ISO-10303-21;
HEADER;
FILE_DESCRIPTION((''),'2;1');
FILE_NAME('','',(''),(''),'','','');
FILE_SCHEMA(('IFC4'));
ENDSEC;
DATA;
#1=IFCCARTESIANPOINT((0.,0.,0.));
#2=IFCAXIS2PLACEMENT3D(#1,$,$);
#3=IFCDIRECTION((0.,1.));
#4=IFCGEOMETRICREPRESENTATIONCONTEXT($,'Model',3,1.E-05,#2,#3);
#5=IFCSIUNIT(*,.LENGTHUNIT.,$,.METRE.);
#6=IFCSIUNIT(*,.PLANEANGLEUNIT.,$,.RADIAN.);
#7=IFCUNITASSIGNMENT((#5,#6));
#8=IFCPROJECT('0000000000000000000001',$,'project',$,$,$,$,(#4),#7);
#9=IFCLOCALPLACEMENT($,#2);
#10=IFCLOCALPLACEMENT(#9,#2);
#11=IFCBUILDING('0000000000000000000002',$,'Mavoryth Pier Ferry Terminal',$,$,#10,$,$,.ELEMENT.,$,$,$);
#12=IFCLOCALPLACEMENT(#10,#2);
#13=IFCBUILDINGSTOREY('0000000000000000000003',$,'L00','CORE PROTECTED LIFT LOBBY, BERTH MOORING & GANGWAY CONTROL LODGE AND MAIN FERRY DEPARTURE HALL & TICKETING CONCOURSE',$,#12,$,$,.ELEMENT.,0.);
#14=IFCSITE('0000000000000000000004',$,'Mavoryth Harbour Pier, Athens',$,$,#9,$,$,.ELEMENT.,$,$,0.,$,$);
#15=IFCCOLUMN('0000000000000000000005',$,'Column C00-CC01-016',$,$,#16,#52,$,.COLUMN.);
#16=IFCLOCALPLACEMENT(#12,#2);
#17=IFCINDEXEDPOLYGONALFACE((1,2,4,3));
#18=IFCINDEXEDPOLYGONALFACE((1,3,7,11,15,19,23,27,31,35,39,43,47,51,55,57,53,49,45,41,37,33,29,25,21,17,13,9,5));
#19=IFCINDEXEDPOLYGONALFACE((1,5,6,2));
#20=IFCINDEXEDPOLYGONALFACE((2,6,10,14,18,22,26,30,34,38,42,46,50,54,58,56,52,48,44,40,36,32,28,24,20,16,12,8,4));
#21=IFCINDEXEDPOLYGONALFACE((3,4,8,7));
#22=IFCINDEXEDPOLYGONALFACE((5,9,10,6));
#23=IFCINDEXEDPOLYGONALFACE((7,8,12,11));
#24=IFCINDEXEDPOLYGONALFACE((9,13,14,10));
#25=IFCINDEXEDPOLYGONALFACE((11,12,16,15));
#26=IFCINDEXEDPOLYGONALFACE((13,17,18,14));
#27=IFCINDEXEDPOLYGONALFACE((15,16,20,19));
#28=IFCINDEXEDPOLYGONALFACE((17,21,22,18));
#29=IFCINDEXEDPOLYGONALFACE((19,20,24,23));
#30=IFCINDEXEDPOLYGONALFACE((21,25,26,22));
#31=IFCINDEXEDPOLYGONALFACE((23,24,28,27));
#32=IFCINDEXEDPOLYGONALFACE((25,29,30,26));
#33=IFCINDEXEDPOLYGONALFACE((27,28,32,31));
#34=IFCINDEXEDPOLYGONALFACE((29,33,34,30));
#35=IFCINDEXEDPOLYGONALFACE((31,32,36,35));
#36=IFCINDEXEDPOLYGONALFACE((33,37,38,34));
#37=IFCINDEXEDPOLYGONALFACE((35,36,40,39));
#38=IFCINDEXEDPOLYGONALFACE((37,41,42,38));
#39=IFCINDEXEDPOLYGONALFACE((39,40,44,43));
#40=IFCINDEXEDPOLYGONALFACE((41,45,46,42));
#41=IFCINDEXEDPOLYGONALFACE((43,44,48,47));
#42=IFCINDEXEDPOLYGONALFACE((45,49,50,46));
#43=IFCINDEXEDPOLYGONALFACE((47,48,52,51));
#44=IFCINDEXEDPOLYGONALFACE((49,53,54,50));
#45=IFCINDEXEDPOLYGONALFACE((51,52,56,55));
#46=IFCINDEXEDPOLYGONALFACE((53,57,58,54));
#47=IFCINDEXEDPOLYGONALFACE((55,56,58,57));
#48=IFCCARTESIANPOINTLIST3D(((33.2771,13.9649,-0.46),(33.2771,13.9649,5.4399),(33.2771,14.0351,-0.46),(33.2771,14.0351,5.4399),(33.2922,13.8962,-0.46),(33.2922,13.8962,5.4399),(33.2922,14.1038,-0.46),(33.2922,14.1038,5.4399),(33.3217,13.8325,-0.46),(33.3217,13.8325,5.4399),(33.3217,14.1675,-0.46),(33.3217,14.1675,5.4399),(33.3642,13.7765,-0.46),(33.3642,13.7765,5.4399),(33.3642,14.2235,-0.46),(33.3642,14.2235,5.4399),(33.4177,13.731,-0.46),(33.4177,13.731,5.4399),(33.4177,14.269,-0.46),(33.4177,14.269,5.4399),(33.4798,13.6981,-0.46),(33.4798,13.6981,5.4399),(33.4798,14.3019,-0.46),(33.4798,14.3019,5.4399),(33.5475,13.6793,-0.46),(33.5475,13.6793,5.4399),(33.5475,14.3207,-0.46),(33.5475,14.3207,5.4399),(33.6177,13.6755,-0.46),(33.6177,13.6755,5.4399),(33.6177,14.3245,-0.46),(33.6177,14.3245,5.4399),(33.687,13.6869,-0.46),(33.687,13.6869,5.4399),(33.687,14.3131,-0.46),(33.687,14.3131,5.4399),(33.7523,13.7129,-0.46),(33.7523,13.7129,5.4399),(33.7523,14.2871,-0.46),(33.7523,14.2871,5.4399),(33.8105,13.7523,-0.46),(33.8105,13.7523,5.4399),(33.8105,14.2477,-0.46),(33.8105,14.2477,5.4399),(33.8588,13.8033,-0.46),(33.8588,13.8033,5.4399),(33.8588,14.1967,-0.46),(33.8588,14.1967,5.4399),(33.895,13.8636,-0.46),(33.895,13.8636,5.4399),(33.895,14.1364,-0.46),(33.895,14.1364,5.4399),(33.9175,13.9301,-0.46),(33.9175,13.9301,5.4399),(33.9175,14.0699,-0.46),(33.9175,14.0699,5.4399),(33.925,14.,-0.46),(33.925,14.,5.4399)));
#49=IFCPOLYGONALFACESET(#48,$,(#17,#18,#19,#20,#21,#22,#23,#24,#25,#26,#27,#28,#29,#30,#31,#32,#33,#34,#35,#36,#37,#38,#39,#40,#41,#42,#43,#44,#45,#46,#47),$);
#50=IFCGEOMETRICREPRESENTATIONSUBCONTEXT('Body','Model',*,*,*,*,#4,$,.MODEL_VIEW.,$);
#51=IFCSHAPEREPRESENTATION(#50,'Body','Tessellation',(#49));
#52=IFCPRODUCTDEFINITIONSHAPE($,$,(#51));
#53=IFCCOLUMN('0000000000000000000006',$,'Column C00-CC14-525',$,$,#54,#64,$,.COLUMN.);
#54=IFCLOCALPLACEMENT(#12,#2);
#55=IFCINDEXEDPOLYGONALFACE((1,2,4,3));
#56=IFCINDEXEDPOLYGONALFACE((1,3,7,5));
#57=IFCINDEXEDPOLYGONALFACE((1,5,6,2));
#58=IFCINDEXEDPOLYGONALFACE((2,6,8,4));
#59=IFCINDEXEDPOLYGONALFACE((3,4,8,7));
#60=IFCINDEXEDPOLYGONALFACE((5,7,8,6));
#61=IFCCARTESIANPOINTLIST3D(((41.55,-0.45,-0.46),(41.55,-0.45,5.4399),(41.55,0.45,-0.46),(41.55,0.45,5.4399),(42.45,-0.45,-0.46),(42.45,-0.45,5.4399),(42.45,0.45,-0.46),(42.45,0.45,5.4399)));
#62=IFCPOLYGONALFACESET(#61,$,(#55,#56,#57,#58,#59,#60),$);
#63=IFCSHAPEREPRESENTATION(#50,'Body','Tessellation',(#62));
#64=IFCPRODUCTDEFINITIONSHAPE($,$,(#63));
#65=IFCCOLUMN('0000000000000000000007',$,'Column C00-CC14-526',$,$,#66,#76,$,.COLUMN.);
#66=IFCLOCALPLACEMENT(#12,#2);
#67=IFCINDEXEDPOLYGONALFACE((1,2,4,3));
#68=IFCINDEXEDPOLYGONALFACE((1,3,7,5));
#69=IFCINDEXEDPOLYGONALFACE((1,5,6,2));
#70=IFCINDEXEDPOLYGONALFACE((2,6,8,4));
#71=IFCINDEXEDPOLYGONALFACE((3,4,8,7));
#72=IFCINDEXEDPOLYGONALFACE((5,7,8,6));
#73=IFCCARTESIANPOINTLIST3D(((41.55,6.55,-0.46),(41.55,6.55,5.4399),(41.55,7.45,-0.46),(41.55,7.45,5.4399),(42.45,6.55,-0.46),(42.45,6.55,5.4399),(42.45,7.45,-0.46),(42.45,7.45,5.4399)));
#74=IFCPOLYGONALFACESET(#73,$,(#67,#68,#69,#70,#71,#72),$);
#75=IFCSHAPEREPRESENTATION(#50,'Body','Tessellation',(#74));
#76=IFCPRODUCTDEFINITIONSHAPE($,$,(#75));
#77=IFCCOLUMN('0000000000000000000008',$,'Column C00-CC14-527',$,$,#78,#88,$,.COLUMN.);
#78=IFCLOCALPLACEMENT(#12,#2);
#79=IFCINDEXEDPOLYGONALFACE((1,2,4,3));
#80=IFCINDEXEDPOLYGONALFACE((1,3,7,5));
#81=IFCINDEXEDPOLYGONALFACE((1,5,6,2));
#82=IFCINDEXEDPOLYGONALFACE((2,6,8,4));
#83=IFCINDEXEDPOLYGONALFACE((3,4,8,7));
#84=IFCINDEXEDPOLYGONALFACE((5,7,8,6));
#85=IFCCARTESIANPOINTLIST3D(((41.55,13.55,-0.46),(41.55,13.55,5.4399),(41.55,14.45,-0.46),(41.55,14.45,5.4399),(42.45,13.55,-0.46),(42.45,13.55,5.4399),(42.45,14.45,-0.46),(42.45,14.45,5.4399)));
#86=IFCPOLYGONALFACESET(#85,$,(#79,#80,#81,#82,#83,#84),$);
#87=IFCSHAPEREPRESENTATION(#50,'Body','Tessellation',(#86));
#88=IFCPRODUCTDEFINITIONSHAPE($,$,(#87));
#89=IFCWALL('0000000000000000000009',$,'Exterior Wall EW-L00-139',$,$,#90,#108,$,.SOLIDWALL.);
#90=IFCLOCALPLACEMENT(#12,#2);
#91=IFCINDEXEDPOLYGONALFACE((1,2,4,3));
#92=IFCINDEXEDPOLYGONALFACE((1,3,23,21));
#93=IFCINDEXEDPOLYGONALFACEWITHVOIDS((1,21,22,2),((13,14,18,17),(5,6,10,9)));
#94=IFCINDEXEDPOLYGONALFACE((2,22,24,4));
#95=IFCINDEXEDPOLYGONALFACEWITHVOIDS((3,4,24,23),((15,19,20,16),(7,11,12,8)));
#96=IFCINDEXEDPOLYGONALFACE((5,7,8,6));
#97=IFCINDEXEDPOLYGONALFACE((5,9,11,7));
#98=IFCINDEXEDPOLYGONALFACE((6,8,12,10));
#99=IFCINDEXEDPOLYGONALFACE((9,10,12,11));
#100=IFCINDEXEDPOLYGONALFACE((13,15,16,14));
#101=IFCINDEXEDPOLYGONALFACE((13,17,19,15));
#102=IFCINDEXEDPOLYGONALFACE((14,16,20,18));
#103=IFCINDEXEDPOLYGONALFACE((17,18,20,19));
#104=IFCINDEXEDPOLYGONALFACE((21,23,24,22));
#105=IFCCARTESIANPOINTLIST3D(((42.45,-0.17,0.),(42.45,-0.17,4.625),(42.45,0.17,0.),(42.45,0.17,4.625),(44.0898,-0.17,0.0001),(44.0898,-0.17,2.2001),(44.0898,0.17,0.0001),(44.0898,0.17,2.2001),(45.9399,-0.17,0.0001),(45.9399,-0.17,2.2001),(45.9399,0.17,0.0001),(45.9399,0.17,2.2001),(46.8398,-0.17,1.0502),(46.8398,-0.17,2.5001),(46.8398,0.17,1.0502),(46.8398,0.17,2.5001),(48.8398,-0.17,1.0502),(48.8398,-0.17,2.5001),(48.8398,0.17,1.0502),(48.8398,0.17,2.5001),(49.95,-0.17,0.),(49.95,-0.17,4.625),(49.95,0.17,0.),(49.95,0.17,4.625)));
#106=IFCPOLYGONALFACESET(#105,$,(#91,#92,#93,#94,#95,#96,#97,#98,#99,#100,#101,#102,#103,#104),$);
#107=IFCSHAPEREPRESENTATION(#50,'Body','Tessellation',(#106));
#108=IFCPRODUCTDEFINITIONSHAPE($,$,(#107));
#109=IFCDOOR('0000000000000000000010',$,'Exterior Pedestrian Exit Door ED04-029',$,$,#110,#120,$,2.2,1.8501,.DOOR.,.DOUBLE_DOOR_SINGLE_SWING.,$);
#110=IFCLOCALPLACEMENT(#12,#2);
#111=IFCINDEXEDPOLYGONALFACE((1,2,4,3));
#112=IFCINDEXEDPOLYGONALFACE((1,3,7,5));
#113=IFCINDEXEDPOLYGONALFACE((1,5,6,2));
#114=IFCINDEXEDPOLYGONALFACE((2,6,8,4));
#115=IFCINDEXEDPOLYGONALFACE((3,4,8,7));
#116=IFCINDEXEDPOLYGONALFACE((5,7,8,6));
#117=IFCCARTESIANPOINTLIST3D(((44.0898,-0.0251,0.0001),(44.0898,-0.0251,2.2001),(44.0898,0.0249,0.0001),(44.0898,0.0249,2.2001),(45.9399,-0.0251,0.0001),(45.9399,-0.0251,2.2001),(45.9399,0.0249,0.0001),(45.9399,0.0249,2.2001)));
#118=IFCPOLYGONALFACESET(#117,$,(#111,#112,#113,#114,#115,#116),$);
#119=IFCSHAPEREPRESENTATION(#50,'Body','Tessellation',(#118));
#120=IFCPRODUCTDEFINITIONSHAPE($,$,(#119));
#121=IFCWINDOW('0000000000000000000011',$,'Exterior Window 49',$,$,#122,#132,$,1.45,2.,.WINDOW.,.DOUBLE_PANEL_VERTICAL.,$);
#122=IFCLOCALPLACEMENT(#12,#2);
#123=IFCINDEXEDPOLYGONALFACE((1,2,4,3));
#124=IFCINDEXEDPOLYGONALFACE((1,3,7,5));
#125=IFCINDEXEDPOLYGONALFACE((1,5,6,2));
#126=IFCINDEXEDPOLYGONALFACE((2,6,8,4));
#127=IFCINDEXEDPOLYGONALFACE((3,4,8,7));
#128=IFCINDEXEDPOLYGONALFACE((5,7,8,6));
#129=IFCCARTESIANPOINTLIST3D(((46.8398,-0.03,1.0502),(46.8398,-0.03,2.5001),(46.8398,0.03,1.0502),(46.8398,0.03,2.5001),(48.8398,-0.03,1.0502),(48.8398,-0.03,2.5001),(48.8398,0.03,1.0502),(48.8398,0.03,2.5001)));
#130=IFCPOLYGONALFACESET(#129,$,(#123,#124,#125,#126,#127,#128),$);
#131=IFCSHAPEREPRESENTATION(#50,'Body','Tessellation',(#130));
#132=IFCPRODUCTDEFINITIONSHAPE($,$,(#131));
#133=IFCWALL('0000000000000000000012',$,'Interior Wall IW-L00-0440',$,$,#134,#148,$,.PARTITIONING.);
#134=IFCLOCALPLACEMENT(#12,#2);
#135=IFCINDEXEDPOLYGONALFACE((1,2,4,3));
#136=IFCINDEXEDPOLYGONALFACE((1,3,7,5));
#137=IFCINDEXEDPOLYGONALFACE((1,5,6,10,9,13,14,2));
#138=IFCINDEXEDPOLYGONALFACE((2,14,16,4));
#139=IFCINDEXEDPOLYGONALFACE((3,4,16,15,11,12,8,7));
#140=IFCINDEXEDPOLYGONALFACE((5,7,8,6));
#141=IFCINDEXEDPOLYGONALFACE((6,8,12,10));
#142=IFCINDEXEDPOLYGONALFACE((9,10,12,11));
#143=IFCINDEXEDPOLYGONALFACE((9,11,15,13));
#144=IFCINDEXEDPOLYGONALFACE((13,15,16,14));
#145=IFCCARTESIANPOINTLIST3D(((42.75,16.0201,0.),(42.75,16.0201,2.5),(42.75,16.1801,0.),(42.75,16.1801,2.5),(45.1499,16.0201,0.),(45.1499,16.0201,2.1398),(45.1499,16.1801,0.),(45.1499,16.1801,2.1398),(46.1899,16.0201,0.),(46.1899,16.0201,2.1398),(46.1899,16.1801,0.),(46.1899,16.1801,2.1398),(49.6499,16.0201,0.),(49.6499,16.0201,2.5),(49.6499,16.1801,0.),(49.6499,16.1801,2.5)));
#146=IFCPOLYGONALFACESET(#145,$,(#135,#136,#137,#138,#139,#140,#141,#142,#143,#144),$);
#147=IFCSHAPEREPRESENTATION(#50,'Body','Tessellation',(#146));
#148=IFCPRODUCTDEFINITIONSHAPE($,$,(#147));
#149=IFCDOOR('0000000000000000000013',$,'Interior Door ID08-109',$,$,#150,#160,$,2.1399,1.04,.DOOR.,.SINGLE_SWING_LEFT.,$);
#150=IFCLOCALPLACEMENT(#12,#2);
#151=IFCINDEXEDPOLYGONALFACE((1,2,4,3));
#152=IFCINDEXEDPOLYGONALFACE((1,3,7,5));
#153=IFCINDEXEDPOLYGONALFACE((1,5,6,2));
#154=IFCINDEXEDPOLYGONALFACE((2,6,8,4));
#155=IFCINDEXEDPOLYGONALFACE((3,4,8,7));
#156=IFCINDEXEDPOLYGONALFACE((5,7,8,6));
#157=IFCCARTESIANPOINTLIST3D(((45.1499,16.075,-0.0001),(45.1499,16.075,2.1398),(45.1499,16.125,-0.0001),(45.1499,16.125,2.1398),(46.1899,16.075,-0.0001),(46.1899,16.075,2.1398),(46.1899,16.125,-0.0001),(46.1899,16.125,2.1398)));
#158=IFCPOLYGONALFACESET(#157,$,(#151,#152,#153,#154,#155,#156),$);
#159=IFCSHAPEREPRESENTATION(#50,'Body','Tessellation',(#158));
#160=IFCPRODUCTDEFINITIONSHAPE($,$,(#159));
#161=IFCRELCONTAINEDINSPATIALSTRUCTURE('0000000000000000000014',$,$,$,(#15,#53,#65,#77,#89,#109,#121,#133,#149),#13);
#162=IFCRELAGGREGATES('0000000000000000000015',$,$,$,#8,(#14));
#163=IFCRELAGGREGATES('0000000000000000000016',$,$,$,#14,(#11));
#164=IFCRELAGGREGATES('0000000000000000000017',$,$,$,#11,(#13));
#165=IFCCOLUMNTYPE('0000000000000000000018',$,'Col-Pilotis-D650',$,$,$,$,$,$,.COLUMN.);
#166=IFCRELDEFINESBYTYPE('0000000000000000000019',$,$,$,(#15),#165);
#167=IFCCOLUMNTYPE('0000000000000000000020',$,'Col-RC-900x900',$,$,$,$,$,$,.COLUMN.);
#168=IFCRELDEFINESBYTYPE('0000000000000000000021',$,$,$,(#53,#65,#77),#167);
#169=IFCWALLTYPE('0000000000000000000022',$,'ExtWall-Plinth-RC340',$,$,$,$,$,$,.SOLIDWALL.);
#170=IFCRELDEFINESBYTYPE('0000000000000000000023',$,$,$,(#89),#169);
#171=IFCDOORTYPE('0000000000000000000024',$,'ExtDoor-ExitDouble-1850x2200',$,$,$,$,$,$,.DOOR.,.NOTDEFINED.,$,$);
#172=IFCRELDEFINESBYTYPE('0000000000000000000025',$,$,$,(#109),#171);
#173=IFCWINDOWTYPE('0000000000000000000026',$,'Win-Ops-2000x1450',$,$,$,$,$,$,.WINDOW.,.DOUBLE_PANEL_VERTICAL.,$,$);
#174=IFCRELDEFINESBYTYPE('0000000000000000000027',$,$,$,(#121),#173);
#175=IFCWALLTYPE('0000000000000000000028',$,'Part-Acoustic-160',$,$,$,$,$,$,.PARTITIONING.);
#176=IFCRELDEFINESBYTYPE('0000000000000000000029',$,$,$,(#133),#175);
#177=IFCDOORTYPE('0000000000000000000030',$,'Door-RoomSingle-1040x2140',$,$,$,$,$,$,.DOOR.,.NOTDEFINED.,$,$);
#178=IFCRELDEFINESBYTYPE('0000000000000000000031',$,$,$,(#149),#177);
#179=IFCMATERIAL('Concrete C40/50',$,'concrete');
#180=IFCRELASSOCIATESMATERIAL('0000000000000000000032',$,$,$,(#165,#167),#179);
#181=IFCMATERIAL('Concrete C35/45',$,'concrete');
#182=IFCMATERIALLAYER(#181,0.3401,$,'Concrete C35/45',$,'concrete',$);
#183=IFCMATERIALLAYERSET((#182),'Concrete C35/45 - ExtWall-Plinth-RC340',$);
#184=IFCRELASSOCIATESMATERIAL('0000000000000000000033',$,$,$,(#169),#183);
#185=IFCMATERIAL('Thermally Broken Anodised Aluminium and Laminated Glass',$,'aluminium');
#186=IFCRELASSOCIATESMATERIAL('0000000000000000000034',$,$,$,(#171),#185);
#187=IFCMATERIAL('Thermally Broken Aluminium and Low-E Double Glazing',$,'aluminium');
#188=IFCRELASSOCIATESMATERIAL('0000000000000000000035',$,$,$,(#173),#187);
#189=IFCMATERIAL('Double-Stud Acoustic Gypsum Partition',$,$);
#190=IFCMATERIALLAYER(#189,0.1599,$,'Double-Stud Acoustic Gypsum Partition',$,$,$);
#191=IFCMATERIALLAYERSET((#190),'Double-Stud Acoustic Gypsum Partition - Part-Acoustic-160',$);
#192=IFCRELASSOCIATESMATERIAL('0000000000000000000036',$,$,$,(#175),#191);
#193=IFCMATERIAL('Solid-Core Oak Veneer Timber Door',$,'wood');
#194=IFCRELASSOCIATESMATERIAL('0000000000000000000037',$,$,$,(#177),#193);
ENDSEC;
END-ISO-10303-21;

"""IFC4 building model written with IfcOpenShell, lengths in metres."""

from ifc_helpers import new_model, si_unit, direction, frame, frame_2d, origin, origin_2d, place, context, subcontext, project, spatial, rectangle, circle, extrude, material, layer, layer_set, material_profile, profile_set, type_object, element, fill, save


model = new_model("IFC4")

# Units and contexts
model_context = context("Model", 3, precision=1e-05, world=origin(), true_north=direction((0.0, 1.0)))
body_context = subcontext(model_context, "Body", "Model", "MODEL_VIEW")
ifc_project = project(units=[si_unit("LENGTHUNIT", "METRE"), si_unit("PLANEANGLEUNIT", "RADIAN")], contexts=[model_context])

# Site, building, storey
site_placement = place(None, origin())
site = spatial("IfcSite", under=ifc_project, at=site_placement, Name="Mavoryth Harbour Pier, Athens", CompositionType="ELEMENT", RefElevation=0.0)
building_placement = place(site_placement, origin())
building = spatial("IfcBuilding", under=site, at=building_placement, Name="Mavoryth Pier Ferry Terminal", CompositionType="ELEMENT")
storey_placement = place(building_placement, origin())
storey = spatial("IfcBuildingStorey", under=building, at=storey_placement, Name="L00", Description="CORE PROTECTED LIFT LOBBY, BERTH MOORING & GANGWAY CONTROL LODGE AND MAIN FERRY DEPARTURE HALL & TICKETING CONCOURSE", CompositionType="ELEMENT", Elevation=0.0)

# Shared definitions
ifc_material_1 = material(Name="Concrete C35/45", Category="concrete")

# Columns
ifc_material_2 = material(Name="Concrete C40/50", Category="concrete")
ifc_material_profile_1 = material_profile(ifc_material_2, circle(Radius=0.325, at=origin_2d()), Name="RC D650", Category="concrete")
ifc_profile_set_1 = profile_set([ifc_material_profile_1], Name="Concrete C40/50 - RC D650")
column_type_1 = type_object("IfcColumnType", Name="Col-Pilotis-D650", PredefinedType="COLUMN", material=ifc_profile_set_1)
for number, where, z_axis, x_axis, name in (
    (1, (33.6001, 14.0, -0.46), (0.0, 0.0, 1.0), (1.0, 0.0, 0.0), "Column C00-CC01-016"),
):
    element("IfcColumn", number, at=place(storey_placement, frame(where, z_axis=z_axis, x_axis=x_axis)), inside=storey, type_object=column_type_1, Name=name, PredefinedType="COLUMN", context=body_context, shape_type="SweptSolid", body=[
        extrude(circle(Radius=0.325, at=origin_2d()), origin(), (0.0, 0.0, 1.0), 5.8999),
    ])
ifc_material_profile_2 = material_profile(ifc_material_2, rectangle(XDim=0.8999, YDim=0.8999, at=origin_2d()), Name="RC 900x900", Category="concrete")
ifc_profile_set_2 = profile_set([ifc_material_profile_2], Name="Concrete C40/50 - RC 900x900")
column_type_2 = type_object("IfcColumnType", Name="Col-RC-900x900", PredefinedType="COLUMN", material=ifc_profile_set_2)
for number, where, z_axis, x_axis, name in (
    (2, (42.0, 0.0, -0.46), (0.0, 0.0, 1.0), (1.0, 0.0, 0.0), "Column C00-CC14-525"),
    (3, (42.0, 7.0, -0.46), (0.0, 0.0, 1.0), (1.0, 0.0, 0.0), "Column C00-CC14-526"),
    (4, (42.0, 14.0, -0.46), (0.0, 0.0, 1.0), (1.0, 0.0, 0.0), "Column C00-CC14-527"),
):
    element("IfcColumn", number, at=place(storey_placement, frame(where, z_axis=z_axis, x_axis=x_axis)), inside=storey, type_object=column_type_2, Name=name, PredefinedType="COLUMN", context=body_context, shape_type="SweptSolid", body=[
        extrude(rectangle(XDim=0.8999, YDim=0.8999, at=origin_2d()), origin(), (0.0, 0.0, 1.0), 5.8999),
    ])

# Wall, openings, door, window
ifc_layer_1 = layer(ifc_material_1, 0.3401, Name="Concrete C35/45", Category="concrete")
ifc_layer_set_1 = layer_set([ifc_layer_1], Name="Concrete C35/45 - ExtWall-Plinth-RC340")
wall_type_1 = type_object("IfcWallType", Name="ExtWall-Plinth-RC340", PredefinedType="SOLIDWALL", material=ifc_layer_set_1)
wall_1_placement = place(storey_placement, frame((42.45, 0.0, 0.0), z_axis=(0.0, 0.0, 1.0), x_axis=(1.0, 0.0, 0.0)))
wall_1 = element("IfcWall", 5, at=wall_1_placement, inside=storey, type_object=wall_type_1, Name="Exterior Wall EW-L00-139", PredefinedType="SOLIDWALL", context=body_context, shape_type="SweptSolid", body=[
    extrude(rectangle(XDim=7.5, YDim=0.3401, at=frame_2d((3.75, 0.0))), origin(), (0.0, 0.0, 1.0), 4.625),
])
opening_1_placement = place(wall_1_placement, frame((1.6399, 0.0, 0.0)))
opening_1 = element("IfcOpeningElement", 6, at=opening_1_placement, cuts=wall_1, PredefinedType="OPENING", context=body_context, shape_type="SweptSolid", body=[
    extrude(rectangle(XDim=1.8501, YDim=2.2, at=frame_2d((0.925, 1.1001))), frame((0.0, 0.1799, 0.0), z_axis=(0.0, -1.0, 0.0), x_axis=(1.0, 0.0, 0.0)), (0.0, 0.0, 1.0), 0.3601),
])
opening_2_placement = place(wall_1_placement, frame((4.3899, 0.0, 1.05)))
opening_2 = element("IfcOpeningElement", 7, at=opening_2_placement, cuts=wall_1, PredefinedType="OPENING", context=body_context, shape_type="SweptSolid", body=[
    extrude(rectangle(XDim=2.0, YDim=1.45, at=frame_2d((1.0, 0.7251))), frame((0.0, 0.1799, 0.0), z_axis=(0.0, -1.0, 0.0), x_axis=(1.0, 0.0, 0.0)), (0.0, 0.0, 1.0), 0.3601),
])
ifc_material_3 = material(Name="Thermally Broken Anodised Aluminium and Laminated Glass", Category="aluminium")
door_type_1 = type_object("IfcDoorType", Name="ExtDoor-ExitDouble-1850x2200", OperationType="NOTDEFINED", PredefinedType="DOOR", material=ifc_material_3)
door_1_placement = place(opening_1_placement, origin())
door_1 = element("IfcDoor", 8, at=door_1_placement, inside=storey, type_object=door_type_1, Name="Exterior Pedestrian Exit Door ED04-029", OperationType="DOUBLE_DOOR_SINGLE_SWING", OverallHeight=2.2, OverallWidth=1.8501, PredefinedType="DOOR", context=body_context, shape_type="SweptSolid", body=[
    extrude(rectangle(XDim=1.8501, YDim=2.2, at=frame_2d((0.925, 1.1001))), frame((0.0, 0.0249, 0.0), z_axis=(0.0, -1.0, 0.0), x_axis=(1.0, 0.0, 0.0)), (0.0, 0.0, 1.0), 0.05),
])
fill(opening_1, door_1)
ifc_material_4 = material(Name="Thermally Broken Aluminium and Low-E Double Glazing", Category="aluminium")
window_type = type_object("IfcWindowType", Name="Win-Ops-2000x1450", PartitioningType="DOUBLE_PANEL_VERTICAL", PredefinedType="WINDOW", material=ifc_material_4)
window_placement = place(opening_2_placement, origin())
window = element("IfcWindow", 9, at=window_placement, inside=storey, type_object=window_type, Name="Exterior Window 49", OverallHeight=1.45, OverallWidth=2.0, PartitioningType="DOUBLE_PANEL_VERTICAL", PredefinedType="WINDOW", context=body_context, shape_type="SweptSolid", body=[
    extrude(rectangle(XDim=2.0, YDim=1.45, at=frame_2d((1.0, 0.7251))), frame((0.0, 0.03, 0.0), z_axis=(0.0, -1.0, 0.0), x_axis=(1.0, 0.0, 0.0)), (0.0, 0.0, 1.0), 0.0601),
])
fill(opening_2, window)

# Wall, opening, door
ifc_material_5 = material(Name="Solid-Core Oak Veneer Timber Door", Category="wood")
ifc_material_6 = material(Name="Double-Stud Acoustic Gypsum Partition")
ifc_layer_2 = layer(ifc_material_6, 0.1599, Name="Double-Stud Acoustic Gypsum Partition")
ifc_layer_set_2 = layer_set([ifc_layer_2], Name="Double-Stud Acoustic Gypsum Partition - Part-Acoustic-160")
wall_type_2 = type_object("IfcWallType", Name="Part-Acoustic-160", PredefinedType="PARTITIONING", material=ifc_layer_set_2)
wall_2_placement = place(storey_placement, frame((42.75, 16.1001, 0.0), z_axis=(0.0, 0.0, 1.0), x_axis=(1.0, 0.0, 0.0)))
wall_2 = element("IfcWall", 10, at=wall_2_placement, inside=storey, type_object=wall_type_2, Name="Interior Wall IW-L00-0440", PredefinedType="PARTITIONING", context=body_context, shape_type="SweptSolid", body=[
    extrude(rectangle(XDim=6.8999, YDim=0.1599, at=frame_2d((3.45, 0.0))), origin(), (0.0, 0.0, 1.0), 2.5),
])
opening_3_placement = place(wall_2_placement, frame((2.3999, 0.0, 0.0)))
opening_3 = element("IfcOpeningElement", 11, at=opening_3_placement, cuts=wall_2, PredefinedType="OPENING", context=body_context, shape_type="SweptSolid", body=[
    extrude(rectangle(XDim=1.04, YDim=2.1399, at=frame_2d((0.52, 1.0698))), frame((0.0, 0.0898, 0.0), z_axis=(0.0, -1.0, 0.0), x_axis=(1.0, 0.0, 0.0)), (0.0, 0.0, 1.0), 0.1799),
])
door_type_2 = type_object("IfcDoorType", Name="Door-RoomSingle-1040x2140", OperationType="NOTDEFINED", PredefinedType="DOOR", material=ifc_material_5)
door_2_placement = place(opening_3_placement, origin())
door_2 = element("IfcDoor", 12, at=door_2_placement, inside=storey, type_object=door_type_2, Name="Interior Door ID08-109", OperationType="SINGLE_SWING_LEFT", OverallHeight=2.1399, OverallWidth=1.04, PredefinedType="DOOR", context=body_context, shape_type="SweptSolid", body=[
    extrude(rectangle(XDim=1.04, YDim=2.1399, at=frame_2d((0.52, 1.0698))), frame((0.0, 0.0249, 0.0), z_axis=(0.0, -1.0, 0.0), x_axis=(1.0, 0.0, 0.0)), (0.0, 0.0, 1.0), 0.05),
])
fill(opening_3, door_2)

save(model, "model.ifc")
